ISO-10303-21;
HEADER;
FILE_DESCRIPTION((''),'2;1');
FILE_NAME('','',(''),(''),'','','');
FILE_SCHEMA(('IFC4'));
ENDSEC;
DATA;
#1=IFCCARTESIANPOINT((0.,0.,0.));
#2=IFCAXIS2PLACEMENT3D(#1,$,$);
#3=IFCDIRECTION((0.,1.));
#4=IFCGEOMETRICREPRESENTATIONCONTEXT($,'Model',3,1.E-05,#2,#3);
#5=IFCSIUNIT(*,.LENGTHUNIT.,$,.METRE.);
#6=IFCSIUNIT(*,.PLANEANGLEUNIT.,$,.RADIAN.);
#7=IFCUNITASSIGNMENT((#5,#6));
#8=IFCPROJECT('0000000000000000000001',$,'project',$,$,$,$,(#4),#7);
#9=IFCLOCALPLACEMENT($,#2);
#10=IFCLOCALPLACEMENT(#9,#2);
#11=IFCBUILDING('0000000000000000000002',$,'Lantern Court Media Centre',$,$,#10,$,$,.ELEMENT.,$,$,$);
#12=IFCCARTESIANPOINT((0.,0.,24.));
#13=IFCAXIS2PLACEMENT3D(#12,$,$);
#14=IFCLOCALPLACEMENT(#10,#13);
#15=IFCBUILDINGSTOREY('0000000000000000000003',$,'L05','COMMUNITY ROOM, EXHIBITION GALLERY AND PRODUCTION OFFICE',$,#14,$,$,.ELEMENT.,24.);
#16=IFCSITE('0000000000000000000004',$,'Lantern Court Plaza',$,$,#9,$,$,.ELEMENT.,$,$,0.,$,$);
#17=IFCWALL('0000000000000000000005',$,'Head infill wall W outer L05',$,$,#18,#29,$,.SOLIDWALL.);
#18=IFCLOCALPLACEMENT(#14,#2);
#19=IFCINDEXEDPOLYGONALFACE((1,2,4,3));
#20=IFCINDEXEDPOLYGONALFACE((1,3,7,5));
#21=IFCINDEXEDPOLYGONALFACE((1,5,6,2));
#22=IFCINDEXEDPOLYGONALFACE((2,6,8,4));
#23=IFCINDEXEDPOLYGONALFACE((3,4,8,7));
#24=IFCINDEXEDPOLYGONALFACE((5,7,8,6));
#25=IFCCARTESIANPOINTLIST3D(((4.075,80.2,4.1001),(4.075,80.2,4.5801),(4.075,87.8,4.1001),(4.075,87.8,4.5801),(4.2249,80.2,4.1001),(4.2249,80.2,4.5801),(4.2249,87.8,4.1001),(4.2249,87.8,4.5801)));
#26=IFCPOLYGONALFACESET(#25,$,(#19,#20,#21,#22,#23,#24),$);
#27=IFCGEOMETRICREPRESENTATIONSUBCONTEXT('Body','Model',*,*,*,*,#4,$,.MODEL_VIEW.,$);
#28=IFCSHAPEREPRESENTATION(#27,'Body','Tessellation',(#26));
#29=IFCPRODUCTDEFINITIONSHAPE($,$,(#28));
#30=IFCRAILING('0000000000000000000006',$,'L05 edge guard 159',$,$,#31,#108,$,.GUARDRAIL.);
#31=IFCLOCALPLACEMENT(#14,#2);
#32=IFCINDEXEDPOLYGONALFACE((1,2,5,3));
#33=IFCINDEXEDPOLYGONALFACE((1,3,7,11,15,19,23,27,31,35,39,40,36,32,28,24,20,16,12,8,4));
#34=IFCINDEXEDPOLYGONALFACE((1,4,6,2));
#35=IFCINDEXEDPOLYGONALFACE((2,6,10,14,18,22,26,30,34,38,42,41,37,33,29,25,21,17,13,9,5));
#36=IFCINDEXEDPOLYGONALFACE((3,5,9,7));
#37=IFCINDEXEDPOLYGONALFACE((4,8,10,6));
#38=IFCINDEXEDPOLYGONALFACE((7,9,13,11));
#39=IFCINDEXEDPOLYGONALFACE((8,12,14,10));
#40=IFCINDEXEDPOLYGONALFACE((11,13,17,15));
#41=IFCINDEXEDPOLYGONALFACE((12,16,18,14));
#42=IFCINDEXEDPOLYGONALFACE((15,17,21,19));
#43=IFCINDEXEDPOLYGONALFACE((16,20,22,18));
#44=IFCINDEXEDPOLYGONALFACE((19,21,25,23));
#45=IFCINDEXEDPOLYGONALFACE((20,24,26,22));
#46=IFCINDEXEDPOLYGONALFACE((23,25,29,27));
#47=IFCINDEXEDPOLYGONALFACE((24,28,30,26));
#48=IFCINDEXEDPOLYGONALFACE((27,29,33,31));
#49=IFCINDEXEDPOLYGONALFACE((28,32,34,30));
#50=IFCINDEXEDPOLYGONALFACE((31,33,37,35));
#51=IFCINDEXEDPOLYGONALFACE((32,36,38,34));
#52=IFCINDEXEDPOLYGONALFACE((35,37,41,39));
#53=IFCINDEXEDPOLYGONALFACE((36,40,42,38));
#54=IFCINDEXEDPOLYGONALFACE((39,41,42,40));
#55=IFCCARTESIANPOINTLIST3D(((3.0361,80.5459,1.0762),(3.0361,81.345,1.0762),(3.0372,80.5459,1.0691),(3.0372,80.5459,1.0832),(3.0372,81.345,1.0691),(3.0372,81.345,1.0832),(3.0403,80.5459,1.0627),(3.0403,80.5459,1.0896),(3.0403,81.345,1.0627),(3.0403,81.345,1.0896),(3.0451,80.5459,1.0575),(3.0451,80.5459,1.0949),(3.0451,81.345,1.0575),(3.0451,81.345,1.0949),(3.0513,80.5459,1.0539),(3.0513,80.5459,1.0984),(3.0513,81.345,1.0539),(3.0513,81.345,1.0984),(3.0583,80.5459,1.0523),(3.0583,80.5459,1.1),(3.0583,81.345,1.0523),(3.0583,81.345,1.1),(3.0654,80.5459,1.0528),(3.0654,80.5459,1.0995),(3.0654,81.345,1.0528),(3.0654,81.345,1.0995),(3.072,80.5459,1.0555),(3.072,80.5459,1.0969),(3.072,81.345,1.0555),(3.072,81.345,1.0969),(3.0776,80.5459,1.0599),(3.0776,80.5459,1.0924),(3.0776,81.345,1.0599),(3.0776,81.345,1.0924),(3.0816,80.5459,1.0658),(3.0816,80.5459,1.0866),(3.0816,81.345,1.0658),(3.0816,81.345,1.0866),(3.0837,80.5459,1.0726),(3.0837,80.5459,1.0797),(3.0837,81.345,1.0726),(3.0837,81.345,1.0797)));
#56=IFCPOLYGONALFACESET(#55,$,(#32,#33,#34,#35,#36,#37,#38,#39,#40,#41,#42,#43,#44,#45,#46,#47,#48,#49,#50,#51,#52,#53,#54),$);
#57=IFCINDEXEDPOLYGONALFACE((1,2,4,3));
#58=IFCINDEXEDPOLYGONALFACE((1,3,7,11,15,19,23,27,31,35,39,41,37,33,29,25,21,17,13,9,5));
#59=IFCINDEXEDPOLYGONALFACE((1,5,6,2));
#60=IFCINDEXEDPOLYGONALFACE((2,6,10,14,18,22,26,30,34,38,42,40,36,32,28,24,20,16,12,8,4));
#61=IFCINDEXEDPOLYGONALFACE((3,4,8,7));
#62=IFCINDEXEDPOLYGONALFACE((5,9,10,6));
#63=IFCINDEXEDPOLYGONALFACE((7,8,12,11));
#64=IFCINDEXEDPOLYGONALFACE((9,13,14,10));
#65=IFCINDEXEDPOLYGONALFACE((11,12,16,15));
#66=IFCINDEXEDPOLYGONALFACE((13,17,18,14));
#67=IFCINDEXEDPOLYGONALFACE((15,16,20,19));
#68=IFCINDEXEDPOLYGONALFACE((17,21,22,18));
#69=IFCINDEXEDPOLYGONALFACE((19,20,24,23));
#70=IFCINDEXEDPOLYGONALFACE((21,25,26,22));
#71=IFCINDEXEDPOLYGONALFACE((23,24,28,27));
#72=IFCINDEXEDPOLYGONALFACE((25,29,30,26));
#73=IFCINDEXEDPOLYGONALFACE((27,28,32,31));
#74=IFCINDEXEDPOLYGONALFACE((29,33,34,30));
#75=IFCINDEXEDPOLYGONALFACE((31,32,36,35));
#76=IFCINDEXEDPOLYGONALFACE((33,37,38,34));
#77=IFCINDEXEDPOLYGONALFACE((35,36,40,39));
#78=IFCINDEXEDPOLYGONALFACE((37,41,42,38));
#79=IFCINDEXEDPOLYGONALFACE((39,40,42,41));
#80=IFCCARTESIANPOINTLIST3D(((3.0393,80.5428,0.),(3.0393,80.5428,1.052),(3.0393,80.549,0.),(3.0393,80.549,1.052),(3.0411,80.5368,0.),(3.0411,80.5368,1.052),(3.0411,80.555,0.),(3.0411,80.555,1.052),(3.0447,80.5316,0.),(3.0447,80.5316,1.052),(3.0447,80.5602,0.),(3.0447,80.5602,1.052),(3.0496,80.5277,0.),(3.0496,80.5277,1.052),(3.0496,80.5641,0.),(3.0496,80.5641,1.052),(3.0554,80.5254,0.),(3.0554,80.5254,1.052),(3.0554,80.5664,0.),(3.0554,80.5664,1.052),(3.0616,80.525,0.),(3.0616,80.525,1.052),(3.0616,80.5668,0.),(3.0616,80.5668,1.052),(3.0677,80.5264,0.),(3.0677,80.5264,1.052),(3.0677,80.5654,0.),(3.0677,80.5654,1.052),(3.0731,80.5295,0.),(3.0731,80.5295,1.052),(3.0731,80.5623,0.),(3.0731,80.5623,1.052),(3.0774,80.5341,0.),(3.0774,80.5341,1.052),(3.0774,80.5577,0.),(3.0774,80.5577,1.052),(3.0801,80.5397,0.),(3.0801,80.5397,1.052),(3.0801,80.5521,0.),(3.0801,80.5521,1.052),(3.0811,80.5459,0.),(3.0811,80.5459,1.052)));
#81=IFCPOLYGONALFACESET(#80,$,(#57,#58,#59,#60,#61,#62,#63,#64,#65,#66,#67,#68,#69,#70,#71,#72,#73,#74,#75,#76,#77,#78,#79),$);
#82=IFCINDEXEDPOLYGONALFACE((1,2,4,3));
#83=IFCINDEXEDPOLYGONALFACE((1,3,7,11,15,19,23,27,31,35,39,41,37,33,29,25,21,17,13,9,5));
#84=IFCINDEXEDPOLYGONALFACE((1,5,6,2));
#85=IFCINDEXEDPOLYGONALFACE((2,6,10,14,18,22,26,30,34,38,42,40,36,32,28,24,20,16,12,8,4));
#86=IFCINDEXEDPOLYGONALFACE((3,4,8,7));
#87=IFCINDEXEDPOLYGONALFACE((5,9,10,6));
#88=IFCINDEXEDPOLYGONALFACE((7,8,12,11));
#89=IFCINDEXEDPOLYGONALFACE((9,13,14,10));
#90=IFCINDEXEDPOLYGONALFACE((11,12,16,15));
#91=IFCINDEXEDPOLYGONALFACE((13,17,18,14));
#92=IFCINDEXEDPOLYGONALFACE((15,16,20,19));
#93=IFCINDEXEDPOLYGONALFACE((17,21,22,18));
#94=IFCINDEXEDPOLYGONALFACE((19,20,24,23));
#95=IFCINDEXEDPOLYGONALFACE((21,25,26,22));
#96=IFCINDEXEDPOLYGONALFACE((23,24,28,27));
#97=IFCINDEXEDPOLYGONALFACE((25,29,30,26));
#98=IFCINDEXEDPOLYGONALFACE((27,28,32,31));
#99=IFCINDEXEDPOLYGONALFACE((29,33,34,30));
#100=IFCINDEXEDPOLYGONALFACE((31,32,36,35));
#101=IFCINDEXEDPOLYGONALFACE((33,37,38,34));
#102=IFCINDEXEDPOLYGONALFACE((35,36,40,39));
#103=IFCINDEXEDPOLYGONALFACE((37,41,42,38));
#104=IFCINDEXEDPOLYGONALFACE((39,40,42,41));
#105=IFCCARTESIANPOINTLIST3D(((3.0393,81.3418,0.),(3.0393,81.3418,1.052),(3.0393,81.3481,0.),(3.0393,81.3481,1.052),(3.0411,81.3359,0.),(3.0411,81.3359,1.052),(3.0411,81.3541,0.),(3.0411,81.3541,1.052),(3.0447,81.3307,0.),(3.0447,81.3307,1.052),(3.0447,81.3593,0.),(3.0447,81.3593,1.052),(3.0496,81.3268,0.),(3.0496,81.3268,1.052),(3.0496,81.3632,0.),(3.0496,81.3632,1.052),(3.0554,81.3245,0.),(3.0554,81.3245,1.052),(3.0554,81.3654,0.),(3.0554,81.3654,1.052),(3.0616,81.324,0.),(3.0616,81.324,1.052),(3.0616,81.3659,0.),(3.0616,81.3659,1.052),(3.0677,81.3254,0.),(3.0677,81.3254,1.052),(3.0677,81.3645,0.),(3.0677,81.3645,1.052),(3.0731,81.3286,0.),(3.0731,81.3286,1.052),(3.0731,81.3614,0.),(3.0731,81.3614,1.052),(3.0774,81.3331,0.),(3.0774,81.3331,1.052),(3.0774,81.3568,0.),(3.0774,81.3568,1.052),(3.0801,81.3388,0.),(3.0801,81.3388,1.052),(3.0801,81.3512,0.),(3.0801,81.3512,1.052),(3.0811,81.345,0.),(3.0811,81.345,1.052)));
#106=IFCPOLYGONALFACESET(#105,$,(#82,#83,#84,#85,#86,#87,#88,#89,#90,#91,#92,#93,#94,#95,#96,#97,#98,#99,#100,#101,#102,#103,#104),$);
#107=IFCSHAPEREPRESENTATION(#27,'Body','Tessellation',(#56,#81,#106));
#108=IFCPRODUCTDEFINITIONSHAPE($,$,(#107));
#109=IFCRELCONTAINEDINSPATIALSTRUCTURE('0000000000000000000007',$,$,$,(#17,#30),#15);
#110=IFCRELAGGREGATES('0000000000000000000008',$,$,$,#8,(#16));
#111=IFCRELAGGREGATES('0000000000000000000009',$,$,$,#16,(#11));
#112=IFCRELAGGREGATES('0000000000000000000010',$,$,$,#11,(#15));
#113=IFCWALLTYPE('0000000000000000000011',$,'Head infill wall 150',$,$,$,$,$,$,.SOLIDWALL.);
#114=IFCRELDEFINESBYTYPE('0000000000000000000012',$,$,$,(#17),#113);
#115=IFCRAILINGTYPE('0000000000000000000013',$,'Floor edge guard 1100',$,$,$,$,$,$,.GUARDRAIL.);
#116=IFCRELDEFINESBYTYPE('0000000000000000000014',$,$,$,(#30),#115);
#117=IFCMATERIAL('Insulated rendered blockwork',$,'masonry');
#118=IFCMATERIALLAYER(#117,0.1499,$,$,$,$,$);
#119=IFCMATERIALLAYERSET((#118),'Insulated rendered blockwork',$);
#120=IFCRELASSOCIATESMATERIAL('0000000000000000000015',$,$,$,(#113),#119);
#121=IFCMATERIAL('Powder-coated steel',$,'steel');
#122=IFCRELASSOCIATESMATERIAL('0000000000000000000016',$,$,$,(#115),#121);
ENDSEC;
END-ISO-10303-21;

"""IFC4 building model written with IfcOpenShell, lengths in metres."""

from ifc_helpers import new_model, si_unit, direction, frame, frame_2d, origin, origin_2d, place, context, subcontext, project, spatial, rectangle, circle, extrude, material, layer, layer_set, type_object, element, save


model = new_model("IFC4")

# Units and contexts
model_context = context("Model", 3, precision=1e-05, world=origin(), true_north=direction((0.0, 1.0)))
body_context = subcontext(model_context, "Body", "Model", "MODEL_VIEW")
ifc_project = project(units=[si_unit("LENGTHUNIT", "METRE"), si_unit("PLANEANGLEUNIT", "RADIAN")], contexts=[model_context])

# Site, building, storey
site_placement = place(None, origin())
site = spatial("IfcSite", under=ifc_project, at=site_placement, Name="Lantern Court Plaza", CompositionType="ELEMENT", RefElevation=0.0)
building_placement = place(site_placement, origin())
building = spatial("IfcBuilding", under=site, at=building_placement, Name="Lantern Court Media Centre", CompositionType="ELEMENT")
storey_placement = place(building_placement, frame((0.0, 0.0, 24.0)))
storey = spatial("IfcBuildingStorey", under=building, at=storey_placement, Name="L05", Description="COMMUNITY ROOM, EXHIBITION GALLERY AND PRODUCTION OFFICE", CompositionType="ELEMENT", Elevation=24.0)

# Wall
ifc_material_1 = material(Name="Insulated rendered blockwork", Category="masonry")
ifc_layer_1 = layer(ifc_material_1, 0.1499)
ifc_layer_set_1 = layer_set([ifc_layer_1], Name="Insulated rendered blockwork")
wall_type = type_object("IfcWallType", Name="Head infill wall 150", PredefinedType="SOLIDWALL", material=ifc_layer_set_1)
wall_placement = place(storey_placement, frame((4.1499, 80.2, 4.1001), z_axis=(0.0, 0.0, 1.0), x_axis=(0.0, 1.0, 0.0)))
element("IfcWall", 1, at=wall_placement, inside=storey, type_object=wall_type, Name="Head infill wall W outer L05", PredefinedType="SOLIDWALL", context=body_context, shape_type="SweptSolid", body=[
    extrude(rectangle(XDim=7.6001, YDim=0.1499, at=frame_2d((3.8, 0.0))), origin(), (0.0, 0.0, 1.0), 0.48),
])

# Railing
ifc_material_2 = material(Name="Powder-coated steel", Category="steel")
railing_type = type_object("IfcRailingType", Name="Floor edge guard 1100", PredefinedType="GUARDRAIL", material=ifc_material_2)
railing_1_placement = place(storey_placement, frame((3.0601, 80.5459, 0.0)))
element("IfcRailing", 2, at=railing_1_placement, inside=storey, type_object=railing_type, Name="L05 edge guard 159", PredefinedType="GUARDRAIL", context=body_context, shape_type="SweptSolid", body=[
    extrude(circle(Radius=0.0239, at=origin_2d()), frame((0.0, 0.0, 1.0762), z_axis=(0.0, 1.0, 0.0), x_axis=(-1.0, 0.0, 0.0)), (0.0, 0.0, 1.0), 0.7991),
    extrude(circle(Radius=0.021, at=origin_2d()), origin(), (0.0, 0.0, 1.0), 1.052),
    extrude(circle(Radius=0.021, at=origin_2d()), frame((0.0, 0.7991, 0.0)), (0.0, 0.0, 1.0), 1.052),
])

save(model, "model.ifc")
